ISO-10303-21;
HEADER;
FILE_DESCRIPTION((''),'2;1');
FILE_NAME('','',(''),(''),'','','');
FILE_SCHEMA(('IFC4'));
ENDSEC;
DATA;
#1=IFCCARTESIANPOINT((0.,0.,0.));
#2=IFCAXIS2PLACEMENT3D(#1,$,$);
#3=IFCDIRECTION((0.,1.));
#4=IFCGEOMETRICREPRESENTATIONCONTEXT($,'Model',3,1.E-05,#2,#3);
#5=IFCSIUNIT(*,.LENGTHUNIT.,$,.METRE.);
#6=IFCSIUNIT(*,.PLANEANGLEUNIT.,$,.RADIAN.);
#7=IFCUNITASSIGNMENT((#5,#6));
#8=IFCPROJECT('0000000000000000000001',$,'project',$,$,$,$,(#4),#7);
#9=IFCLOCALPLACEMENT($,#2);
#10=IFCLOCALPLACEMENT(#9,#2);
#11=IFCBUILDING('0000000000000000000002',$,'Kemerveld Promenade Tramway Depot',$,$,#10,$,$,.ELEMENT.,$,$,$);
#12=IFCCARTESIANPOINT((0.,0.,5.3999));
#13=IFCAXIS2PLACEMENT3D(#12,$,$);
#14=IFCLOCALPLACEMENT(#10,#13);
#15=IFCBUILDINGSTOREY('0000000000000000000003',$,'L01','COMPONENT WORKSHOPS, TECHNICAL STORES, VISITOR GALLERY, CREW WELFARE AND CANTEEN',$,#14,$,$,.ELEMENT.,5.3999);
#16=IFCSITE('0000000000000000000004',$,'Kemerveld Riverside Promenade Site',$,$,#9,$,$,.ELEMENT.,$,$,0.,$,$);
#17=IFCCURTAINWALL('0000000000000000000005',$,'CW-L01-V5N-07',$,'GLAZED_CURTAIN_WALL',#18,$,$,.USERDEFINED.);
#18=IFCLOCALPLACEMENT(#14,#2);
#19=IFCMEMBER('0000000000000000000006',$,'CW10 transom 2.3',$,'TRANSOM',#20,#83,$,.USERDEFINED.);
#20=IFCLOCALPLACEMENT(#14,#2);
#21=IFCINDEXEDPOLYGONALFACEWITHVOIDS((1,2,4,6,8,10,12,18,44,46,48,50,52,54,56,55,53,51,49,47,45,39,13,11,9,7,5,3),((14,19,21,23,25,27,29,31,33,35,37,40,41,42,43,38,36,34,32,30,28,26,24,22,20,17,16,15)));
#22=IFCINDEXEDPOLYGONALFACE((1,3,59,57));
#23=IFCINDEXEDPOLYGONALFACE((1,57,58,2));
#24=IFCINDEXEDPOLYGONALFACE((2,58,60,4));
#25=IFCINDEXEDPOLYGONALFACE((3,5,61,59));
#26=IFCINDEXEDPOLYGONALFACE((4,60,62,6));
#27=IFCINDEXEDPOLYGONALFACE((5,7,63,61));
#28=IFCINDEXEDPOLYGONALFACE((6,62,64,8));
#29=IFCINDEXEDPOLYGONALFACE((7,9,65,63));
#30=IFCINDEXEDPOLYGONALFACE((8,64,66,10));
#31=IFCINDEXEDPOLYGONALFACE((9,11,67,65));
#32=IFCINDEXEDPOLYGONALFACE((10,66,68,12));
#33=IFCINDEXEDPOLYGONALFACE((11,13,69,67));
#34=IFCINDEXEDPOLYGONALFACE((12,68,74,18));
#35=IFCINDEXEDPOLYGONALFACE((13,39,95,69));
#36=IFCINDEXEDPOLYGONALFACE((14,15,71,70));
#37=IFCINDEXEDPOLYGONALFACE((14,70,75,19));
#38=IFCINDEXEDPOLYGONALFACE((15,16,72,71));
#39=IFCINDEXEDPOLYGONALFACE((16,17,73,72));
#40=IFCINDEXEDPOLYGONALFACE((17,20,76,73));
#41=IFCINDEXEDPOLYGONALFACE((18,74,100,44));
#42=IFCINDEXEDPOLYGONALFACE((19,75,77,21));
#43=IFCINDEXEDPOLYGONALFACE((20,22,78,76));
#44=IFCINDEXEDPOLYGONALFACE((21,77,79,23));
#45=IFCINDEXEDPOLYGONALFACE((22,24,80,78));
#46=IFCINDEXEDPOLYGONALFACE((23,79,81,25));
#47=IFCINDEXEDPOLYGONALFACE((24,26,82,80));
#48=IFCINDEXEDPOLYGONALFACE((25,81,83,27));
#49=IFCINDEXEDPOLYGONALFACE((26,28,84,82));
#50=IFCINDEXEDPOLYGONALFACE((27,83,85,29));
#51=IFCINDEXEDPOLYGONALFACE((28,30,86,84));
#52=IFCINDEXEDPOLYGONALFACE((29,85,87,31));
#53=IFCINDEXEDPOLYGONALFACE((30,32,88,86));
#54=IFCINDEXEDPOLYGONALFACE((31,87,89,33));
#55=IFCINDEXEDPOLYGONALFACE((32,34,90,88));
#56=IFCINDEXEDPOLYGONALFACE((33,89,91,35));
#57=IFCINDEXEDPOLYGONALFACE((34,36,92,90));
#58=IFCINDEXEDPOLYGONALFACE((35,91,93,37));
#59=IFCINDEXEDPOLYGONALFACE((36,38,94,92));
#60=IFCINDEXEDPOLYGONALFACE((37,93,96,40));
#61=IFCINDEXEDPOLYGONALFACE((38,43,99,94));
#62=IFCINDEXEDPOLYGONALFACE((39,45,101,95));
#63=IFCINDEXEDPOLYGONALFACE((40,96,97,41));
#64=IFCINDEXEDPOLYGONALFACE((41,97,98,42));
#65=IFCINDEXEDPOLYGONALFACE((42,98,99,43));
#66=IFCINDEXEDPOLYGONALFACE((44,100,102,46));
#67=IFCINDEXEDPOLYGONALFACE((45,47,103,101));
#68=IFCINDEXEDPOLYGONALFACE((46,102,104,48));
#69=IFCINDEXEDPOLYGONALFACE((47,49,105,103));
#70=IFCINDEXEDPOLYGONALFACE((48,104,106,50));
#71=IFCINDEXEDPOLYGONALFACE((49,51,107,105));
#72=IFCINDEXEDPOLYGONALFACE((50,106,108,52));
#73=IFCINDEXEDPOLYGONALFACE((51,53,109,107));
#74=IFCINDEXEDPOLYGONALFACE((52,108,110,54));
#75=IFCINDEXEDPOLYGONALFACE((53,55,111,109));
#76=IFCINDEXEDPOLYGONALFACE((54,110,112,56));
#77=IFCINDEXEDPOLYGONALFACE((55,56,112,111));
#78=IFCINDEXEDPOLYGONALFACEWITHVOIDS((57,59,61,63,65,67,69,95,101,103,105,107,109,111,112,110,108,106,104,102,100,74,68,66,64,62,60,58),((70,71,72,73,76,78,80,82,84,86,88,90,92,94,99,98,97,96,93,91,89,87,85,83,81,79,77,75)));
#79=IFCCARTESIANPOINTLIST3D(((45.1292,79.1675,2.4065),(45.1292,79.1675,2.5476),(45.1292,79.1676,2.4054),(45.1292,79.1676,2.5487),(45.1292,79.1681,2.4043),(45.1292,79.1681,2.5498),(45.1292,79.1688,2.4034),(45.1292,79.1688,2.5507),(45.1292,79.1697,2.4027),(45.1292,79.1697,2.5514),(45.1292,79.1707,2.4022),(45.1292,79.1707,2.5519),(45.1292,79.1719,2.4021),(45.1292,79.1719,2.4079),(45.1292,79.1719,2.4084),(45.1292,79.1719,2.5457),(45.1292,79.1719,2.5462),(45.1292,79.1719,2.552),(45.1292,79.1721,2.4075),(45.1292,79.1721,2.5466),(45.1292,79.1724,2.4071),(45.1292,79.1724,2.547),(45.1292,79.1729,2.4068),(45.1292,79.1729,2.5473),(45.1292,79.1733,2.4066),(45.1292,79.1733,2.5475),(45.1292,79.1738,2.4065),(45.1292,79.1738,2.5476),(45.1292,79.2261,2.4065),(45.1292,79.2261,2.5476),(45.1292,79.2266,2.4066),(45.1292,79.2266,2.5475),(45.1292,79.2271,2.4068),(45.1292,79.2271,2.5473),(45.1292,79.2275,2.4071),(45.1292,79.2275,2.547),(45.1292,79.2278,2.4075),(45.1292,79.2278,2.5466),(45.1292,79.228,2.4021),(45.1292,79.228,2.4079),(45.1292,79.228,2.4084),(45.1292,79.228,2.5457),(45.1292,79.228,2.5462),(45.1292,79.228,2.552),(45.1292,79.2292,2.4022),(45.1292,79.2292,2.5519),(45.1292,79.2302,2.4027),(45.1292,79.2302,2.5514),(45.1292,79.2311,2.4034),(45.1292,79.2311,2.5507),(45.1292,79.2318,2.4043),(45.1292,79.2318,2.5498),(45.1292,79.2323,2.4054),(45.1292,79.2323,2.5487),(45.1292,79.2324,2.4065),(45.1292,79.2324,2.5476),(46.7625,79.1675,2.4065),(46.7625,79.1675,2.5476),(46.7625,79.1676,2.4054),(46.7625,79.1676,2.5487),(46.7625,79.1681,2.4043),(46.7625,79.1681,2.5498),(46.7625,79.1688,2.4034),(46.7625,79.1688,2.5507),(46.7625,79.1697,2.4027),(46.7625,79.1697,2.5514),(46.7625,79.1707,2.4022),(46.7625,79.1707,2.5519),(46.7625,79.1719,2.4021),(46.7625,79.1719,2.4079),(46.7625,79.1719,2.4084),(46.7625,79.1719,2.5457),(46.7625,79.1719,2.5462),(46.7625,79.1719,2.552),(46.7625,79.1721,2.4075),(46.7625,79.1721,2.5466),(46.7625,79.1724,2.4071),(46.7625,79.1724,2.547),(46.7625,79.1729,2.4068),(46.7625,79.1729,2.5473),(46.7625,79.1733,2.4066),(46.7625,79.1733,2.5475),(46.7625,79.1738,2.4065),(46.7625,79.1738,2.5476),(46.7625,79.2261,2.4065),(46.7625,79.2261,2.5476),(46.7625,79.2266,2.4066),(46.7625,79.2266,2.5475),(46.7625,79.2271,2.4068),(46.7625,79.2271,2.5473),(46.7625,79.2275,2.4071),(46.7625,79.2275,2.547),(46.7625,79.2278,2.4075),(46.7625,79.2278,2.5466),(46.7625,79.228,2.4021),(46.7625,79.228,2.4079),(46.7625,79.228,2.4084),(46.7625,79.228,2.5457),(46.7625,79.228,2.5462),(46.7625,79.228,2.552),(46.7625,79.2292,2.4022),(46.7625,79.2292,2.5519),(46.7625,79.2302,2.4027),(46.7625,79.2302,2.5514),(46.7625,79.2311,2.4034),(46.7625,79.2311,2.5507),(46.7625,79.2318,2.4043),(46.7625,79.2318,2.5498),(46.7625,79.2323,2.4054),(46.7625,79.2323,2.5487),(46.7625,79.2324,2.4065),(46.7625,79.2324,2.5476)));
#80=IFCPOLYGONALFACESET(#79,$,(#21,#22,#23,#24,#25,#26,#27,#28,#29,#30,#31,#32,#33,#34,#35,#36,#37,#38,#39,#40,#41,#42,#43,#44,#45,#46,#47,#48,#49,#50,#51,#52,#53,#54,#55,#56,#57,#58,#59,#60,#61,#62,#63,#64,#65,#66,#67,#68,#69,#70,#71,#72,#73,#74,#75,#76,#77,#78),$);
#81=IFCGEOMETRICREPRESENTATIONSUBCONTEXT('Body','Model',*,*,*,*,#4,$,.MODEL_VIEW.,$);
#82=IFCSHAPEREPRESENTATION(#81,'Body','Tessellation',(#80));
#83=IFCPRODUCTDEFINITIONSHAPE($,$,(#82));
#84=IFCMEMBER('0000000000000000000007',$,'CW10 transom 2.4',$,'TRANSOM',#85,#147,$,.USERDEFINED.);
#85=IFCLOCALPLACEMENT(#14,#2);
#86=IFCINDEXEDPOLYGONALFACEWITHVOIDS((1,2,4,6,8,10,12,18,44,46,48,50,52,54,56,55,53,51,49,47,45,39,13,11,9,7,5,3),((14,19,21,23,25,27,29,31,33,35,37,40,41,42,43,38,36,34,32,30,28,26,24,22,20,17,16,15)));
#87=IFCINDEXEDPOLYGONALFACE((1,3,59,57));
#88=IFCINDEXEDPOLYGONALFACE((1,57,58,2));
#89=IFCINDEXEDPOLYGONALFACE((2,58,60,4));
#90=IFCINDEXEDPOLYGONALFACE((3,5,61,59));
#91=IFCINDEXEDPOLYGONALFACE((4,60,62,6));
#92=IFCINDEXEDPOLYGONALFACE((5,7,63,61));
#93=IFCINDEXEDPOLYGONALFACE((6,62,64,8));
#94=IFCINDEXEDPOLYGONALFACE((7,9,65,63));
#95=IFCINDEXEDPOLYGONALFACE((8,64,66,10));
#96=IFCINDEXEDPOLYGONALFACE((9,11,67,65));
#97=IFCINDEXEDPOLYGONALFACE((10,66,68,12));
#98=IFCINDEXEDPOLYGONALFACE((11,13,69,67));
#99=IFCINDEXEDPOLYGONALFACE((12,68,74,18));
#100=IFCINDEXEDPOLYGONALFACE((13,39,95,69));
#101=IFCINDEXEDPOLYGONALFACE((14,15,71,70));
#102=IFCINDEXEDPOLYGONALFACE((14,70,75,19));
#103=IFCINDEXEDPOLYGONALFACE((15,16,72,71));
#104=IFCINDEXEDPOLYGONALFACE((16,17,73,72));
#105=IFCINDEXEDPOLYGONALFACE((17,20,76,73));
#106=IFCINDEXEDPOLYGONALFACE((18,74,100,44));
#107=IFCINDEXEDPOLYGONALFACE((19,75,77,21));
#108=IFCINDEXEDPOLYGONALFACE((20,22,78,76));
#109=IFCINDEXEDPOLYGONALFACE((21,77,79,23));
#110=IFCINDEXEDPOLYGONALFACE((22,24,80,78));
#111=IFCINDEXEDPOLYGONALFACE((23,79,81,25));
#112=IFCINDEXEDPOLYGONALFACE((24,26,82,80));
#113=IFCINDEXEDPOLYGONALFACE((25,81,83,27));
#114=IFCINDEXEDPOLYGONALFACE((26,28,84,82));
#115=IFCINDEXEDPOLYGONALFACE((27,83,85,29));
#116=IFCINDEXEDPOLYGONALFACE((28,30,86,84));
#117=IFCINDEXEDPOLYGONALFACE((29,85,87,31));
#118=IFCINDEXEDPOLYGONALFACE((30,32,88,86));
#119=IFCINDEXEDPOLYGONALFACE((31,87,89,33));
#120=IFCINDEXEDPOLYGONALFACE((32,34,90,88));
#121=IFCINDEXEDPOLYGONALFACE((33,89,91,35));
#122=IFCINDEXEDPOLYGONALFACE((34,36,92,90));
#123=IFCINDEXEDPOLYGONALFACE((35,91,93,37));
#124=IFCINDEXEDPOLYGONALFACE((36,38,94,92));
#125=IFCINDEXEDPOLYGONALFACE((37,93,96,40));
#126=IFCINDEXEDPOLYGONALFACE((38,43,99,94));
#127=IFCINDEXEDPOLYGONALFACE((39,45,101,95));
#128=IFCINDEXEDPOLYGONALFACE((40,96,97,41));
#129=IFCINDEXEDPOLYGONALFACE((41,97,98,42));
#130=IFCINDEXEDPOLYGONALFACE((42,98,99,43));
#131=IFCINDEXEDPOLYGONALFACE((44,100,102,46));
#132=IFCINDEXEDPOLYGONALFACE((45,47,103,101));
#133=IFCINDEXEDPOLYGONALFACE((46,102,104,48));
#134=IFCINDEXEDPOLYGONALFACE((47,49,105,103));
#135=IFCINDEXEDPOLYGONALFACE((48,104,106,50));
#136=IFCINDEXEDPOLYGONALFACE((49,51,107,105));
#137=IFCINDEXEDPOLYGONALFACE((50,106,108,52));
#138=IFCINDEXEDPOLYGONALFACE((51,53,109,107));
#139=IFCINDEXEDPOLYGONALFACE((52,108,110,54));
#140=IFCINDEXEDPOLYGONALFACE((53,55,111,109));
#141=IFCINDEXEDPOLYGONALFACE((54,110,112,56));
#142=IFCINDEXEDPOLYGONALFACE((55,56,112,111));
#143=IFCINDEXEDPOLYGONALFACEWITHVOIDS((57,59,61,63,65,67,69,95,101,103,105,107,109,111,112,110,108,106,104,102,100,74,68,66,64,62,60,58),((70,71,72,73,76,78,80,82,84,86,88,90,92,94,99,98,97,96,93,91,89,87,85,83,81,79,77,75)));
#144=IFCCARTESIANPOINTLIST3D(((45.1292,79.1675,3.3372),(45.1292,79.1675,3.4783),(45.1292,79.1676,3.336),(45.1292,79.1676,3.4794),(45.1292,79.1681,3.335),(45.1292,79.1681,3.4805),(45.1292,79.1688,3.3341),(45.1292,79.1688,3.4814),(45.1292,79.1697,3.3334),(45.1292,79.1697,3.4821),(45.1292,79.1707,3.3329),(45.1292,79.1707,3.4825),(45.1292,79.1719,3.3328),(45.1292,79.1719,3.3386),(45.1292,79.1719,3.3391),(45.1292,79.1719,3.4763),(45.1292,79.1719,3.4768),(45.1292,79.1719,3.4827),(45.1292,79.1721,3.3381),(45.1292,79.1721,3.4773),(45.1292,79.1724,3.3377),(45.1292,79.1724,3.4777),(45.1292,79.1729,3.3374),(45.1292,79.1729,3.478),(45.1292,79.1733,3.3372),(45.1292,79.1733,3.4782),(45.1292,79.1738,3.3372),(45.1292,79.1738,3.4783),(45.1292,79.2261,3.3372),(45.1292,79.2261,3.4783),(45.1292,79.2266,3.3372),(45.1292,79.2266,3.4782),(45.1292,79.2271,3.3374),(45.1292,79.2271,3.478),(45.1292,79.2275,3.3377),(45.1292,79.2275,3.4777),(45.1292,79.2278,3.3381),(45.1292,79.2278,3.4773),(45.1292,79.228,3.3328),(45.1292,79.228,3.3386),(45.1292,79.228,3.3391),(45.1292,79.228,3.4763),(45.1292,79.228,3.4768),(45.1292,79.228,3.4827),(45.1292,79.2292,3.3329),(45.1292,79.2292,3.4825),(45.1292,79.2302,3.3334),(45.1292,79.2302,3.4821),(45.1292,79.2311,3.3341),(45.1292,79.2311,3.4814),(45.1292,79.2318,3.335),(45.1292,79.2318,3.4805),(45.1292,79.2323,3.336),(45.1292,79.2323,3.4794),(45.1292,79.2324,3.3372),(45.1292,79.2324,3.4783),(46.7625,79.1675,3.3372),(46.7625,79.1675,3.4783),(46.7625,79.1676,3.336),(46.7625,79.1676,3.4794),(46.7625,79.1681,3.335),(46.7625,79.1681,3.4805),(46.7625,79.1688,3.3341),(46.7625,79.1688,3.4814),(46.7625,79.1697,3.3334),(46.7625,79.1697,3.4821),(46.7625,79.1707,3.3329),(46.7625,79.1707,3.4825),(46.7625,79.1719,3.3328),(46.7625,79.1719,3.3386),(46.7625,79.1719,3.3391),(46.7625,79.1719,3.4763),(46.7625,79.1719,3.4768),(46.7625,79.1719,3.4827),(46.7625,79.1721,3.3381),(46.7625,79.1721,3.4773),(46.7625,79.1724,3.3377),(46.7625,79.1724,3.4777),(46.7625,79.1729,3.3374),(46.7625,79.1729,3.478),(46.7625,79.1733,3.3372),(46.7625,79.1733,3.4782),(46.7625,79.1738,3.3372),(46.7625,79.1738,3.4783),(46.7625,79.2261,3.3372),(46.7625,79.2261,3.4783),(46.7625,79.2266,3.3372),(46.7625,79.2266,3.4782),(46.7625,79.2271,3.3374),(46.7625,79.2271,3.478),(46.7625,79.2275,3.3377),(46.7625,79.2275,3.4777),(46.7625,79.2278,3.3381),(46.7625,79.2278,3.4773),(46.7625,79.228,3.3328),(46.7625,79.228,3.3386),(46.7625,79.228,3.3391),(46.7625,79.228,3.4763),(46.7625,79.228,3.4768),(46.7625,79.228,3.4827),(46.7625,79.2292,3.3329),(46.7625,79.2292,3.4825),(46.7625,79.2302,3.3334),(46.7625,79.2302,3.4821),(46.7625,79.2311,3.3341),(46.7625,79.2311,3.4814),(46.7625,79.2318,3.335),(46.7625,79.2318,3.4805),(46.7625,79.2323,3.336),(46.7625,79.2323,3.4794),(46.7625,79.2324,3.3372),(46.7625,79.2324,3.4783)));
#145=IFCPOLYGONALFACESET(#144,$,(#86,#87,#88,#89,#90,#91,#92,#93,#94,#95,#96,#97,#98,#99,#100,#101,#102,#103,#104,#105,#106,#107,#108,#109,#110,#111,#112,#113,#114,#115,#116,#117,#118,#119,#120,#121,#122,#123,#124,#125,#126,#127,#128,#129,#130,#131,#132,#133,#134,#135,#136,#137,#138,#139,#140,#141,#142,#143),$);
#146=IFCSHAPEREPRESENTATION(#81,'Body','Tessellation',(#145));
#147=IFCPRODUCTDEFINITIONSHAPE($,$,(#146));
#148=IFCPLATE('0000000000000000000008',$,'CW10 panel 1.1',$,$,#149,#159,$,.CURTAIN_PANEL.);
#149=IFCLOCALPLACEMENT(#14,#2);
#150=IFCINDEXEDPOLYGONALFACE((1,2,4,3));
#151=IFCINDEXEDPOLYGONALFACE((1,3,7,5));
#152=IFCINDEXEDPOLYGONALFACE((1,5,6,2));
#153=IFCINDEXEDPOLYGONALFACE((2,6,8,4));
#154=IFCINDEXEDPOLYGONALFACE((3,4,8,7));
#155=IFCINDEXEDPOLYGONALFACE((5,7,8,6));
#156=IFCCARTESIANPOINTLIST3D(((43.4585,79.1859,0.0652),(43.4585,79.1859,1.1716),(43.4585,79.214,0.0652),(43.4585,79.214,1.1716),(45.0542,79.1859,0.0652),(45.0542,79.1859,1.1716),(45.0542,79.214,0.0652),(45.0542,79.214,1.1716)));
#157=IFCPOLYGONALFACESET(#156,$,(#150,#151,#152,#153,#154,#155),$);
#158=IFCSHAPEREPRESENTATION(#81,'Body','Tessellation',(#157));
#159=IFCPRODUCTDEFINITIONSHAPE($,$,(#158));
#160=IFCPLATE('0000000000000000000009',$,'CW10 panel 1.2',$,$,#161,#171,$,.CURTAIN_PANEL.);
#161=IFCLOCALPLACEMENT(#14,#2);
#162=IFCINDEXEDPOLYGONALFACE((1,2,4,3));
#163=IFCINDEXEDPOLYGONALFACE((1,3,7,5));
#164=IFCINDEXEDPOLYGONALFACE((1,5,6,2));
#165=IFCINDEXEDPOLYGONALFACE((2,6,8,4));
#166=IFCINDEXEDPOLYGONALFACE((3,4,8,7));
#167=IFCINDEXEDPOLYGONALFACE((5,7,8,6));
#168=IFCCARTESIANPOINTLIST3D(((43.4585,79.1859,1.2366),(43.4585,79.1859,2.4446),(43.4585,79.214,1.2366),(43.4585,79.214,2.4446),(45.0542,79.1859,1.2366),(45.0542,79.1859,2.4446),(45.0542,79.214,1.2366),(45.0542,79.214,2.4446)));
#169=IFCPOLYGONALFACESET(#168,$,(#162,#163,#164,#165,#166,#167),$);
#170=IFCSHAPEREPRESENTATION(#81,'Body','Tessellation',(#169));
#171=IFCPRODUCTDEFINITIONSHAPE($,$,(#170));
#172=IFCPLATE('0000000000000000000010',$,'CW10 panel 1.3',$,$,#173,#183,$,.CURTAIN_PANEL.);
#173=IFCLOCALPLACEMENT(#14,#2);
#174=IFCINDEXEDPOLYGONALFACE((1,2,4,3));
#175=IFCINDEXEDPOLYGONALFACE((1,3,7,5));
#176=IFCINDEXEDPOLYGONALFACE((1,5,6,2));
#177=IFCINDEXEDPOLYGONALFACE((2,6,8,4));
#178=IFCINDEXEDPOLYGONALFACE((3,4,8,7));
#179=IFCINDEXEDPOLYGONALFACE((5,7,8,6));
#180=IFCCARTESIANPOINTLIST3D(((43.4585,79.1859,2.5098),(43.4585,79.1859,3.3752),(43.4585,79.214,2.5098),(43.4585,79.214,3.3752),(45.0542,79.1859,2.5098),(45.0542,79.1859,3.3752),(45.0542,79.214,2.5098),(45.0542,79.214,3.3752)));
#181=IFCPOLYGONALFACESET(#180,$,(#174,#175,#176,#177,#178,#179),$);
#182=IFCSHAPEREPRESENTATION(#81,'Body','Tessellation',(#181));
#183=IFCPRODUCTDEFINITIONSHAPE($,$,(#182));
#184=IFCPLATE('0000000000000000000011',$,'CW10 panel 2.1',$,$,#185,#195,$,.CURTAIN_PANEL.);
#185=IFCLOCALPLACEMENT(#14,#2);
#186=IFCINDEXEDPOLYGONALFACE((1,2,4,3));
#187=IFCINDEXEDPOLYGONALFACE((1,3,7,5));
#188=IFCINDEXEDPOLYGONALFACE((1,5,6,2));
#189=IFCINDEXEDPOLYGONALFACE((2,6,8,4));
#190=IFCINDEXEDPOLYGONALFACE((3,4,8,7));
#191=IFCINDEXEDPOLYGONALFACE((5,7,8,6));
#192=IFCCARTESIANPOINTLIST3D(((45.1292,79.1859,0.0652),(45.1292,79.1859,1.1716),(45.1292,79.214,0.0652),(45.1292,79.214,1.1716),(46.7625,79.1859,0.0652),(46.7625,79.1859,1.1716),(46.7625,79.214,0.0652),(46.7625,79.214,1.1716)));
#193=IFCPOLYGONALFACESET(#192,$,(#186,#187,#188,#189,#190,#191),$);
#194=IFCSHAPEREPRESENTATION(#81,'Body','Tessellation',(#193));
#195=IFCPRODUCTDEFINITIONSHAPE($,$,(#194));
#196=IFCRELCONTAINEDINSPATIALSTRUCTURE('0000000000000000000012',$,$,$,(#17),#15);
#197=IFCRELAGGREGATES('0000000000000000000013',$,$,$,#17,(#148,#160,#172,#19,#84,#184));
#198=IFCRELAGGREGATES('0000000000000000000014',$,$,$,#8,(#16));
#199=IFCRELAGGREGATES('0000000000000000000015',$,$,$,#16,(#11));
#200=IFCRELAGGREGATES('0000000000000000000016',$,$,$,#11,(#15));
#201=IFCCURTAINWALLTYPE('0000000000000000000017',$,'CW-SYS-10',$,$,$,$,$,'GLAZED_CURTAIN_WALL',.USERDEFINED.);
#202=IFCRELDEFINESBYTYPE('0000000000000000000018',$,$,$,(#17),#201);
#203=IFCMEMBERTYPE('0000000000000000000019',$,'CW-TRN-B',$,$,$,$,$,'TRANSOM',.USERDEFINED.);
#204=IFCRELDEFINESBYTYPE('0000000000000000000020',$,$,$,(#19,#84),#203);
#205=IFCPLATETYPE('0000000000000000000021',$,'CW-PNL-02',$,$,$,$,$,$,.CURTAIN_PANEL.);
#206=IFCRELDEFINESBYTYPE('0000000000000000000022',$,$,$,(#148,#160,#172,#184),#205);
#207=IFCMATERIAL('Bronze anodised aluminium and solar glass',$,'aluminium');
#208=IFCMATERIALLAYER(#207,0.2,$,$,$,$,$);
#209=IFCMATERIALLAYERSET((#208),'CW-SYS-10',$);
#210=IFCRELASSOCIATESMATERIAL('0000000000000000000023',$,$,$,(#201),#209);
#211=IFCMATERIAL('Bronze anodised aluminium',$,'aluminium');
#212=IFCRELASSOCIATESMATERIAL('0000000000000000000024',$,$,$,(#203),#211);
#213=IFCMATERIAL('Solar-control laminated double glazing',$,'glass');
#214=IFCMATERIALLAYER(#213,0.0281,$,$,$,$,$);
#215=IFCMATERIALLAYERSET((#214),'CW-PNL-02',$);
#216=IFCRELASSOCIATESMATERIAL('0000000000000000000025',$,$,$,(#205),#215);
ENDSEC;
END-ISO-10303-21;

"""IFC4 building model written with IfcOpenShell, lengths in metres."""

from ifc_helpers import new_model, si_unit, direction, frame, origin, origin_2d, place, context, subcontext, project, spatial, rectangle, hollow_rectangle, extrude, material, layer, layer_set, material_profile, profile_set, type_object, element, aggregate, save


model = new_model("IFC4")

# Units and contexts
model_context = context("Model", 3, precision=1e-05, world=origin(), true_north=direction((0.0, 1.0)))
body_context = subcontext(model_context, "Body", "Model", "MODEL_VIEW")
ifc_project = project(units=[si_unit("LENGTHUNIT", "METRE"), si_unit("PLANEANGLEUNIT", "RADIAN")], contexts=[model_context])

# Site, building, storey
site_placement = place(None, origin())
site = spatial("IfcSite", under=ifc_project, at=site_placement, Name="Kemerveld Riverside Promenade Site", CompositionType="ELEMENT", RefElevation=0.0)
building_placement = place(site_placement, origin())
building = spatial("IfcBuilding", under=site, at=building_placement, Name="Kemerveld Promenade Tramway Depot", CompositionType="ELEMENT")
storey_placement = place(building_placement, frame((0.0, 0.0, 5.3999)))
storey = spatial("IfcBuildingStorey", under=building, at=storey_placement, Name="L01", Description="COMPONENT WORKSHOPS, TECHNICAL STORES, VISITOR GALLERY, CREW WELFARE AND CANTEEN", CompositionType="ELEMENT", Elevation=5.3999)

# Curtain wall, members, plates
ifc_material_1 = material(Name="Bronze anodised aluminium and solar glass", Category="aluminium")
ifc_layer_1 = layer(ifc_material_1, 0.2)
ifc_layer_set_1 = layer_set([ifc_layer_1], Name="CW-SYS-10")
curtain_wall_type = type_object("IfcCurtainWallType", Name="CW-SYS-10", ElementType="GLAZED_CURTAIN_WALL", PredefinedType="USERDEFINED", material=ifc_layer_set_1)
curtain_wall_placement = place(storey_placement, origin())
curtain_wall = element("IfcCurtainWall", 1, at=curtain_wall_placement, inside=storey, type_object=curtain_wall_type, Name="CW-L01-V5N-07", ObjectType="GLAZED_CURTAIN_WALL", PredefinedType="USERDEFINED")
ifc_material_2 = material(Name="Bronze anodised aluminium", Category="aluminium")
ifc_material_profile_1 = material_profile(ifc_material_2, hollow_rectangle(XDim=0.0649, YDim=0.1499, WallThickness=0.0044, InnerFilletRadius=0.002, OuterFilletRadius=0.0044, at=origin_2d()), Name="CW-TRN-150x65")
ifc_profile_set_1 = profile_set([ifc_material_profile_1], Name="Bronze anodised aluminium")
member_type_1 = type_object("IfcMemberType", Name="CW-TRN-B", ElementType="TRANSOM", PredefinedType="USERDEFINED", material=ifc_profile_set_1)
member_1_placement = place(storey_placement, frame((45.1292, 79.2, 2.4771), z_axis=(1.0, 0.0, 0.0), x_axis=(0.0, 1.0, 0.0)))
member_1 = element("IfcMember", 2, at=member_1_placement, type_object=member_type_1, Name="CW10 transom 2.3", ObjectType="TRANSOM", PredefinedType="USERDEFINED", context=body_context, shape_type="SweptSolid", body=[
    extrude(hollow_rectangle(XDim=0.0649, YDim=0.1499, WallThickness=0.0044, InnerFilletRadius=0.002, OuterFilletRadius=0.0044, at=origin_2d()), origin(), (0.0, 0.0, 1.0), 1.6333),
])
member_2_placement = place(storey_placement, frame((45.1292, 79.2, 3.4077), z_axis=(1.0, 0.0, 0.0), x_axis=(0.0, 1.0, 0.0)))
member_2 = element("IfcMember", 3, at=member_2_placement, type_object=member_type_1, Name="CW10 transom 2.4", ObjectType="TRANSOM", PredefinedType="USERDEFINED", context=body_context, shape_type="SweptSolid", body=[
    extrude(hollow_rectangle(XDim=0.0649, YDim=0.1499, WallThickness=0.0044, InnerFilletRadius=0.002, OuterFilletRadius=0.0044, at=origin_2d()), origin(), (0.0, 0.0, 1.0), 1.6333),
])
ifc_material_3 = material(Name="Solar-control laminated double glazing", Category="glass")
ifc_layer_2 = layer(ifc_material_3, 0.0281)
ifc_layer_set_2 = layer_set([ifc_layer_2], Name="CW-PNL-02")
plate_type = type_object("IfcPlateType", Name="CW-PNL-02", PredefinedType="CURTAIN_PANEL", material=ifc_layer_set_2)
plate_1_placement = place(storey_placement, frame((44.2563, 79.2, 0.0652), z_axis=(0.0, 0.0, 1.0), x_axis=(1.0, 0.0, 0.0)))
plate_1 = element("IfcPlate", 4, at=plate_1_placement, type_object=plate_type, Name="CW10 panel 1.1", PredefinedType="CURTAIN_PANEL", context=body_context, shape_type="SweptSolid", body=[
    extrude(rectangle(XDim=1.5957, YDim=0.0281, at=origin_2d()), origin(), (0.0, 0.0, 1.0), 1.1064),
])
plate_2_placement = place(storey_placement, frame((44.2563, 79.2, 1.2366), z_axis=(0.0, 0.0, 1.0), x_axis=(1.0, 0.0, 0.0)))
plate_2 = element("IfcPlate", 5, at=plate_2_placement, type_object=plate_type, Name="CW10 panel 1.2", PredefinedType="CURTAIN_PANEL", context=body_context, shape_type="SweptSolid", body=[
    extrude(rectangle(XDim=1.5957, YDim=0.0281, at=origin_2d()), origin(), (0.0, 0.0, 1.0), 1.208),
])
plate_3_placement = place(storey_placement, frame((44.2563, 79.2, 2.5098), z_axis=(0.0, 0.0, 1.0), x_axis=(1.0, 0.0, 0.0)))
plate_3 = element("IfcPlate", 6, at=plate_3_placement, type_object=plate_type, Name="CW10 panel 1.3", PredefinedType="CURTAIN_PANEL", context=body_context, shape_type="SweptSolid", body=[
    extrude(rectangle(XDim=1.5957, YDim=0.0281, at=origin_2d()), origin(), (0.0, 0.0, 1.0), 0.8655),
])
plate_4_placement = place(storey_placement, frame((45.9458, 79.2, 0.0652), z_axis=(0.0, 0.0, 1.0), x_axis=(1.0, 0.0, 0.0)))
plate_4 = element("IfcPlate", 7, at=plate_4_placement, type_object=plate_type, Name="CW10 panel 2.1", PredefinedType="CURTAIN_PANEL", context=body_context, shape_type="SweptSolid", body=[
    extrude(rectangle(XDim=1.6333, YDim=0.0281, at=origin_2d()), origin(), (0.0, 0.0, 1.0), 1.1064),
])
aggregate(curtain_wall, [plate_1, plate_2, plate_3, member_1, member_2, plate_4])

save(model, "model.ifc")
